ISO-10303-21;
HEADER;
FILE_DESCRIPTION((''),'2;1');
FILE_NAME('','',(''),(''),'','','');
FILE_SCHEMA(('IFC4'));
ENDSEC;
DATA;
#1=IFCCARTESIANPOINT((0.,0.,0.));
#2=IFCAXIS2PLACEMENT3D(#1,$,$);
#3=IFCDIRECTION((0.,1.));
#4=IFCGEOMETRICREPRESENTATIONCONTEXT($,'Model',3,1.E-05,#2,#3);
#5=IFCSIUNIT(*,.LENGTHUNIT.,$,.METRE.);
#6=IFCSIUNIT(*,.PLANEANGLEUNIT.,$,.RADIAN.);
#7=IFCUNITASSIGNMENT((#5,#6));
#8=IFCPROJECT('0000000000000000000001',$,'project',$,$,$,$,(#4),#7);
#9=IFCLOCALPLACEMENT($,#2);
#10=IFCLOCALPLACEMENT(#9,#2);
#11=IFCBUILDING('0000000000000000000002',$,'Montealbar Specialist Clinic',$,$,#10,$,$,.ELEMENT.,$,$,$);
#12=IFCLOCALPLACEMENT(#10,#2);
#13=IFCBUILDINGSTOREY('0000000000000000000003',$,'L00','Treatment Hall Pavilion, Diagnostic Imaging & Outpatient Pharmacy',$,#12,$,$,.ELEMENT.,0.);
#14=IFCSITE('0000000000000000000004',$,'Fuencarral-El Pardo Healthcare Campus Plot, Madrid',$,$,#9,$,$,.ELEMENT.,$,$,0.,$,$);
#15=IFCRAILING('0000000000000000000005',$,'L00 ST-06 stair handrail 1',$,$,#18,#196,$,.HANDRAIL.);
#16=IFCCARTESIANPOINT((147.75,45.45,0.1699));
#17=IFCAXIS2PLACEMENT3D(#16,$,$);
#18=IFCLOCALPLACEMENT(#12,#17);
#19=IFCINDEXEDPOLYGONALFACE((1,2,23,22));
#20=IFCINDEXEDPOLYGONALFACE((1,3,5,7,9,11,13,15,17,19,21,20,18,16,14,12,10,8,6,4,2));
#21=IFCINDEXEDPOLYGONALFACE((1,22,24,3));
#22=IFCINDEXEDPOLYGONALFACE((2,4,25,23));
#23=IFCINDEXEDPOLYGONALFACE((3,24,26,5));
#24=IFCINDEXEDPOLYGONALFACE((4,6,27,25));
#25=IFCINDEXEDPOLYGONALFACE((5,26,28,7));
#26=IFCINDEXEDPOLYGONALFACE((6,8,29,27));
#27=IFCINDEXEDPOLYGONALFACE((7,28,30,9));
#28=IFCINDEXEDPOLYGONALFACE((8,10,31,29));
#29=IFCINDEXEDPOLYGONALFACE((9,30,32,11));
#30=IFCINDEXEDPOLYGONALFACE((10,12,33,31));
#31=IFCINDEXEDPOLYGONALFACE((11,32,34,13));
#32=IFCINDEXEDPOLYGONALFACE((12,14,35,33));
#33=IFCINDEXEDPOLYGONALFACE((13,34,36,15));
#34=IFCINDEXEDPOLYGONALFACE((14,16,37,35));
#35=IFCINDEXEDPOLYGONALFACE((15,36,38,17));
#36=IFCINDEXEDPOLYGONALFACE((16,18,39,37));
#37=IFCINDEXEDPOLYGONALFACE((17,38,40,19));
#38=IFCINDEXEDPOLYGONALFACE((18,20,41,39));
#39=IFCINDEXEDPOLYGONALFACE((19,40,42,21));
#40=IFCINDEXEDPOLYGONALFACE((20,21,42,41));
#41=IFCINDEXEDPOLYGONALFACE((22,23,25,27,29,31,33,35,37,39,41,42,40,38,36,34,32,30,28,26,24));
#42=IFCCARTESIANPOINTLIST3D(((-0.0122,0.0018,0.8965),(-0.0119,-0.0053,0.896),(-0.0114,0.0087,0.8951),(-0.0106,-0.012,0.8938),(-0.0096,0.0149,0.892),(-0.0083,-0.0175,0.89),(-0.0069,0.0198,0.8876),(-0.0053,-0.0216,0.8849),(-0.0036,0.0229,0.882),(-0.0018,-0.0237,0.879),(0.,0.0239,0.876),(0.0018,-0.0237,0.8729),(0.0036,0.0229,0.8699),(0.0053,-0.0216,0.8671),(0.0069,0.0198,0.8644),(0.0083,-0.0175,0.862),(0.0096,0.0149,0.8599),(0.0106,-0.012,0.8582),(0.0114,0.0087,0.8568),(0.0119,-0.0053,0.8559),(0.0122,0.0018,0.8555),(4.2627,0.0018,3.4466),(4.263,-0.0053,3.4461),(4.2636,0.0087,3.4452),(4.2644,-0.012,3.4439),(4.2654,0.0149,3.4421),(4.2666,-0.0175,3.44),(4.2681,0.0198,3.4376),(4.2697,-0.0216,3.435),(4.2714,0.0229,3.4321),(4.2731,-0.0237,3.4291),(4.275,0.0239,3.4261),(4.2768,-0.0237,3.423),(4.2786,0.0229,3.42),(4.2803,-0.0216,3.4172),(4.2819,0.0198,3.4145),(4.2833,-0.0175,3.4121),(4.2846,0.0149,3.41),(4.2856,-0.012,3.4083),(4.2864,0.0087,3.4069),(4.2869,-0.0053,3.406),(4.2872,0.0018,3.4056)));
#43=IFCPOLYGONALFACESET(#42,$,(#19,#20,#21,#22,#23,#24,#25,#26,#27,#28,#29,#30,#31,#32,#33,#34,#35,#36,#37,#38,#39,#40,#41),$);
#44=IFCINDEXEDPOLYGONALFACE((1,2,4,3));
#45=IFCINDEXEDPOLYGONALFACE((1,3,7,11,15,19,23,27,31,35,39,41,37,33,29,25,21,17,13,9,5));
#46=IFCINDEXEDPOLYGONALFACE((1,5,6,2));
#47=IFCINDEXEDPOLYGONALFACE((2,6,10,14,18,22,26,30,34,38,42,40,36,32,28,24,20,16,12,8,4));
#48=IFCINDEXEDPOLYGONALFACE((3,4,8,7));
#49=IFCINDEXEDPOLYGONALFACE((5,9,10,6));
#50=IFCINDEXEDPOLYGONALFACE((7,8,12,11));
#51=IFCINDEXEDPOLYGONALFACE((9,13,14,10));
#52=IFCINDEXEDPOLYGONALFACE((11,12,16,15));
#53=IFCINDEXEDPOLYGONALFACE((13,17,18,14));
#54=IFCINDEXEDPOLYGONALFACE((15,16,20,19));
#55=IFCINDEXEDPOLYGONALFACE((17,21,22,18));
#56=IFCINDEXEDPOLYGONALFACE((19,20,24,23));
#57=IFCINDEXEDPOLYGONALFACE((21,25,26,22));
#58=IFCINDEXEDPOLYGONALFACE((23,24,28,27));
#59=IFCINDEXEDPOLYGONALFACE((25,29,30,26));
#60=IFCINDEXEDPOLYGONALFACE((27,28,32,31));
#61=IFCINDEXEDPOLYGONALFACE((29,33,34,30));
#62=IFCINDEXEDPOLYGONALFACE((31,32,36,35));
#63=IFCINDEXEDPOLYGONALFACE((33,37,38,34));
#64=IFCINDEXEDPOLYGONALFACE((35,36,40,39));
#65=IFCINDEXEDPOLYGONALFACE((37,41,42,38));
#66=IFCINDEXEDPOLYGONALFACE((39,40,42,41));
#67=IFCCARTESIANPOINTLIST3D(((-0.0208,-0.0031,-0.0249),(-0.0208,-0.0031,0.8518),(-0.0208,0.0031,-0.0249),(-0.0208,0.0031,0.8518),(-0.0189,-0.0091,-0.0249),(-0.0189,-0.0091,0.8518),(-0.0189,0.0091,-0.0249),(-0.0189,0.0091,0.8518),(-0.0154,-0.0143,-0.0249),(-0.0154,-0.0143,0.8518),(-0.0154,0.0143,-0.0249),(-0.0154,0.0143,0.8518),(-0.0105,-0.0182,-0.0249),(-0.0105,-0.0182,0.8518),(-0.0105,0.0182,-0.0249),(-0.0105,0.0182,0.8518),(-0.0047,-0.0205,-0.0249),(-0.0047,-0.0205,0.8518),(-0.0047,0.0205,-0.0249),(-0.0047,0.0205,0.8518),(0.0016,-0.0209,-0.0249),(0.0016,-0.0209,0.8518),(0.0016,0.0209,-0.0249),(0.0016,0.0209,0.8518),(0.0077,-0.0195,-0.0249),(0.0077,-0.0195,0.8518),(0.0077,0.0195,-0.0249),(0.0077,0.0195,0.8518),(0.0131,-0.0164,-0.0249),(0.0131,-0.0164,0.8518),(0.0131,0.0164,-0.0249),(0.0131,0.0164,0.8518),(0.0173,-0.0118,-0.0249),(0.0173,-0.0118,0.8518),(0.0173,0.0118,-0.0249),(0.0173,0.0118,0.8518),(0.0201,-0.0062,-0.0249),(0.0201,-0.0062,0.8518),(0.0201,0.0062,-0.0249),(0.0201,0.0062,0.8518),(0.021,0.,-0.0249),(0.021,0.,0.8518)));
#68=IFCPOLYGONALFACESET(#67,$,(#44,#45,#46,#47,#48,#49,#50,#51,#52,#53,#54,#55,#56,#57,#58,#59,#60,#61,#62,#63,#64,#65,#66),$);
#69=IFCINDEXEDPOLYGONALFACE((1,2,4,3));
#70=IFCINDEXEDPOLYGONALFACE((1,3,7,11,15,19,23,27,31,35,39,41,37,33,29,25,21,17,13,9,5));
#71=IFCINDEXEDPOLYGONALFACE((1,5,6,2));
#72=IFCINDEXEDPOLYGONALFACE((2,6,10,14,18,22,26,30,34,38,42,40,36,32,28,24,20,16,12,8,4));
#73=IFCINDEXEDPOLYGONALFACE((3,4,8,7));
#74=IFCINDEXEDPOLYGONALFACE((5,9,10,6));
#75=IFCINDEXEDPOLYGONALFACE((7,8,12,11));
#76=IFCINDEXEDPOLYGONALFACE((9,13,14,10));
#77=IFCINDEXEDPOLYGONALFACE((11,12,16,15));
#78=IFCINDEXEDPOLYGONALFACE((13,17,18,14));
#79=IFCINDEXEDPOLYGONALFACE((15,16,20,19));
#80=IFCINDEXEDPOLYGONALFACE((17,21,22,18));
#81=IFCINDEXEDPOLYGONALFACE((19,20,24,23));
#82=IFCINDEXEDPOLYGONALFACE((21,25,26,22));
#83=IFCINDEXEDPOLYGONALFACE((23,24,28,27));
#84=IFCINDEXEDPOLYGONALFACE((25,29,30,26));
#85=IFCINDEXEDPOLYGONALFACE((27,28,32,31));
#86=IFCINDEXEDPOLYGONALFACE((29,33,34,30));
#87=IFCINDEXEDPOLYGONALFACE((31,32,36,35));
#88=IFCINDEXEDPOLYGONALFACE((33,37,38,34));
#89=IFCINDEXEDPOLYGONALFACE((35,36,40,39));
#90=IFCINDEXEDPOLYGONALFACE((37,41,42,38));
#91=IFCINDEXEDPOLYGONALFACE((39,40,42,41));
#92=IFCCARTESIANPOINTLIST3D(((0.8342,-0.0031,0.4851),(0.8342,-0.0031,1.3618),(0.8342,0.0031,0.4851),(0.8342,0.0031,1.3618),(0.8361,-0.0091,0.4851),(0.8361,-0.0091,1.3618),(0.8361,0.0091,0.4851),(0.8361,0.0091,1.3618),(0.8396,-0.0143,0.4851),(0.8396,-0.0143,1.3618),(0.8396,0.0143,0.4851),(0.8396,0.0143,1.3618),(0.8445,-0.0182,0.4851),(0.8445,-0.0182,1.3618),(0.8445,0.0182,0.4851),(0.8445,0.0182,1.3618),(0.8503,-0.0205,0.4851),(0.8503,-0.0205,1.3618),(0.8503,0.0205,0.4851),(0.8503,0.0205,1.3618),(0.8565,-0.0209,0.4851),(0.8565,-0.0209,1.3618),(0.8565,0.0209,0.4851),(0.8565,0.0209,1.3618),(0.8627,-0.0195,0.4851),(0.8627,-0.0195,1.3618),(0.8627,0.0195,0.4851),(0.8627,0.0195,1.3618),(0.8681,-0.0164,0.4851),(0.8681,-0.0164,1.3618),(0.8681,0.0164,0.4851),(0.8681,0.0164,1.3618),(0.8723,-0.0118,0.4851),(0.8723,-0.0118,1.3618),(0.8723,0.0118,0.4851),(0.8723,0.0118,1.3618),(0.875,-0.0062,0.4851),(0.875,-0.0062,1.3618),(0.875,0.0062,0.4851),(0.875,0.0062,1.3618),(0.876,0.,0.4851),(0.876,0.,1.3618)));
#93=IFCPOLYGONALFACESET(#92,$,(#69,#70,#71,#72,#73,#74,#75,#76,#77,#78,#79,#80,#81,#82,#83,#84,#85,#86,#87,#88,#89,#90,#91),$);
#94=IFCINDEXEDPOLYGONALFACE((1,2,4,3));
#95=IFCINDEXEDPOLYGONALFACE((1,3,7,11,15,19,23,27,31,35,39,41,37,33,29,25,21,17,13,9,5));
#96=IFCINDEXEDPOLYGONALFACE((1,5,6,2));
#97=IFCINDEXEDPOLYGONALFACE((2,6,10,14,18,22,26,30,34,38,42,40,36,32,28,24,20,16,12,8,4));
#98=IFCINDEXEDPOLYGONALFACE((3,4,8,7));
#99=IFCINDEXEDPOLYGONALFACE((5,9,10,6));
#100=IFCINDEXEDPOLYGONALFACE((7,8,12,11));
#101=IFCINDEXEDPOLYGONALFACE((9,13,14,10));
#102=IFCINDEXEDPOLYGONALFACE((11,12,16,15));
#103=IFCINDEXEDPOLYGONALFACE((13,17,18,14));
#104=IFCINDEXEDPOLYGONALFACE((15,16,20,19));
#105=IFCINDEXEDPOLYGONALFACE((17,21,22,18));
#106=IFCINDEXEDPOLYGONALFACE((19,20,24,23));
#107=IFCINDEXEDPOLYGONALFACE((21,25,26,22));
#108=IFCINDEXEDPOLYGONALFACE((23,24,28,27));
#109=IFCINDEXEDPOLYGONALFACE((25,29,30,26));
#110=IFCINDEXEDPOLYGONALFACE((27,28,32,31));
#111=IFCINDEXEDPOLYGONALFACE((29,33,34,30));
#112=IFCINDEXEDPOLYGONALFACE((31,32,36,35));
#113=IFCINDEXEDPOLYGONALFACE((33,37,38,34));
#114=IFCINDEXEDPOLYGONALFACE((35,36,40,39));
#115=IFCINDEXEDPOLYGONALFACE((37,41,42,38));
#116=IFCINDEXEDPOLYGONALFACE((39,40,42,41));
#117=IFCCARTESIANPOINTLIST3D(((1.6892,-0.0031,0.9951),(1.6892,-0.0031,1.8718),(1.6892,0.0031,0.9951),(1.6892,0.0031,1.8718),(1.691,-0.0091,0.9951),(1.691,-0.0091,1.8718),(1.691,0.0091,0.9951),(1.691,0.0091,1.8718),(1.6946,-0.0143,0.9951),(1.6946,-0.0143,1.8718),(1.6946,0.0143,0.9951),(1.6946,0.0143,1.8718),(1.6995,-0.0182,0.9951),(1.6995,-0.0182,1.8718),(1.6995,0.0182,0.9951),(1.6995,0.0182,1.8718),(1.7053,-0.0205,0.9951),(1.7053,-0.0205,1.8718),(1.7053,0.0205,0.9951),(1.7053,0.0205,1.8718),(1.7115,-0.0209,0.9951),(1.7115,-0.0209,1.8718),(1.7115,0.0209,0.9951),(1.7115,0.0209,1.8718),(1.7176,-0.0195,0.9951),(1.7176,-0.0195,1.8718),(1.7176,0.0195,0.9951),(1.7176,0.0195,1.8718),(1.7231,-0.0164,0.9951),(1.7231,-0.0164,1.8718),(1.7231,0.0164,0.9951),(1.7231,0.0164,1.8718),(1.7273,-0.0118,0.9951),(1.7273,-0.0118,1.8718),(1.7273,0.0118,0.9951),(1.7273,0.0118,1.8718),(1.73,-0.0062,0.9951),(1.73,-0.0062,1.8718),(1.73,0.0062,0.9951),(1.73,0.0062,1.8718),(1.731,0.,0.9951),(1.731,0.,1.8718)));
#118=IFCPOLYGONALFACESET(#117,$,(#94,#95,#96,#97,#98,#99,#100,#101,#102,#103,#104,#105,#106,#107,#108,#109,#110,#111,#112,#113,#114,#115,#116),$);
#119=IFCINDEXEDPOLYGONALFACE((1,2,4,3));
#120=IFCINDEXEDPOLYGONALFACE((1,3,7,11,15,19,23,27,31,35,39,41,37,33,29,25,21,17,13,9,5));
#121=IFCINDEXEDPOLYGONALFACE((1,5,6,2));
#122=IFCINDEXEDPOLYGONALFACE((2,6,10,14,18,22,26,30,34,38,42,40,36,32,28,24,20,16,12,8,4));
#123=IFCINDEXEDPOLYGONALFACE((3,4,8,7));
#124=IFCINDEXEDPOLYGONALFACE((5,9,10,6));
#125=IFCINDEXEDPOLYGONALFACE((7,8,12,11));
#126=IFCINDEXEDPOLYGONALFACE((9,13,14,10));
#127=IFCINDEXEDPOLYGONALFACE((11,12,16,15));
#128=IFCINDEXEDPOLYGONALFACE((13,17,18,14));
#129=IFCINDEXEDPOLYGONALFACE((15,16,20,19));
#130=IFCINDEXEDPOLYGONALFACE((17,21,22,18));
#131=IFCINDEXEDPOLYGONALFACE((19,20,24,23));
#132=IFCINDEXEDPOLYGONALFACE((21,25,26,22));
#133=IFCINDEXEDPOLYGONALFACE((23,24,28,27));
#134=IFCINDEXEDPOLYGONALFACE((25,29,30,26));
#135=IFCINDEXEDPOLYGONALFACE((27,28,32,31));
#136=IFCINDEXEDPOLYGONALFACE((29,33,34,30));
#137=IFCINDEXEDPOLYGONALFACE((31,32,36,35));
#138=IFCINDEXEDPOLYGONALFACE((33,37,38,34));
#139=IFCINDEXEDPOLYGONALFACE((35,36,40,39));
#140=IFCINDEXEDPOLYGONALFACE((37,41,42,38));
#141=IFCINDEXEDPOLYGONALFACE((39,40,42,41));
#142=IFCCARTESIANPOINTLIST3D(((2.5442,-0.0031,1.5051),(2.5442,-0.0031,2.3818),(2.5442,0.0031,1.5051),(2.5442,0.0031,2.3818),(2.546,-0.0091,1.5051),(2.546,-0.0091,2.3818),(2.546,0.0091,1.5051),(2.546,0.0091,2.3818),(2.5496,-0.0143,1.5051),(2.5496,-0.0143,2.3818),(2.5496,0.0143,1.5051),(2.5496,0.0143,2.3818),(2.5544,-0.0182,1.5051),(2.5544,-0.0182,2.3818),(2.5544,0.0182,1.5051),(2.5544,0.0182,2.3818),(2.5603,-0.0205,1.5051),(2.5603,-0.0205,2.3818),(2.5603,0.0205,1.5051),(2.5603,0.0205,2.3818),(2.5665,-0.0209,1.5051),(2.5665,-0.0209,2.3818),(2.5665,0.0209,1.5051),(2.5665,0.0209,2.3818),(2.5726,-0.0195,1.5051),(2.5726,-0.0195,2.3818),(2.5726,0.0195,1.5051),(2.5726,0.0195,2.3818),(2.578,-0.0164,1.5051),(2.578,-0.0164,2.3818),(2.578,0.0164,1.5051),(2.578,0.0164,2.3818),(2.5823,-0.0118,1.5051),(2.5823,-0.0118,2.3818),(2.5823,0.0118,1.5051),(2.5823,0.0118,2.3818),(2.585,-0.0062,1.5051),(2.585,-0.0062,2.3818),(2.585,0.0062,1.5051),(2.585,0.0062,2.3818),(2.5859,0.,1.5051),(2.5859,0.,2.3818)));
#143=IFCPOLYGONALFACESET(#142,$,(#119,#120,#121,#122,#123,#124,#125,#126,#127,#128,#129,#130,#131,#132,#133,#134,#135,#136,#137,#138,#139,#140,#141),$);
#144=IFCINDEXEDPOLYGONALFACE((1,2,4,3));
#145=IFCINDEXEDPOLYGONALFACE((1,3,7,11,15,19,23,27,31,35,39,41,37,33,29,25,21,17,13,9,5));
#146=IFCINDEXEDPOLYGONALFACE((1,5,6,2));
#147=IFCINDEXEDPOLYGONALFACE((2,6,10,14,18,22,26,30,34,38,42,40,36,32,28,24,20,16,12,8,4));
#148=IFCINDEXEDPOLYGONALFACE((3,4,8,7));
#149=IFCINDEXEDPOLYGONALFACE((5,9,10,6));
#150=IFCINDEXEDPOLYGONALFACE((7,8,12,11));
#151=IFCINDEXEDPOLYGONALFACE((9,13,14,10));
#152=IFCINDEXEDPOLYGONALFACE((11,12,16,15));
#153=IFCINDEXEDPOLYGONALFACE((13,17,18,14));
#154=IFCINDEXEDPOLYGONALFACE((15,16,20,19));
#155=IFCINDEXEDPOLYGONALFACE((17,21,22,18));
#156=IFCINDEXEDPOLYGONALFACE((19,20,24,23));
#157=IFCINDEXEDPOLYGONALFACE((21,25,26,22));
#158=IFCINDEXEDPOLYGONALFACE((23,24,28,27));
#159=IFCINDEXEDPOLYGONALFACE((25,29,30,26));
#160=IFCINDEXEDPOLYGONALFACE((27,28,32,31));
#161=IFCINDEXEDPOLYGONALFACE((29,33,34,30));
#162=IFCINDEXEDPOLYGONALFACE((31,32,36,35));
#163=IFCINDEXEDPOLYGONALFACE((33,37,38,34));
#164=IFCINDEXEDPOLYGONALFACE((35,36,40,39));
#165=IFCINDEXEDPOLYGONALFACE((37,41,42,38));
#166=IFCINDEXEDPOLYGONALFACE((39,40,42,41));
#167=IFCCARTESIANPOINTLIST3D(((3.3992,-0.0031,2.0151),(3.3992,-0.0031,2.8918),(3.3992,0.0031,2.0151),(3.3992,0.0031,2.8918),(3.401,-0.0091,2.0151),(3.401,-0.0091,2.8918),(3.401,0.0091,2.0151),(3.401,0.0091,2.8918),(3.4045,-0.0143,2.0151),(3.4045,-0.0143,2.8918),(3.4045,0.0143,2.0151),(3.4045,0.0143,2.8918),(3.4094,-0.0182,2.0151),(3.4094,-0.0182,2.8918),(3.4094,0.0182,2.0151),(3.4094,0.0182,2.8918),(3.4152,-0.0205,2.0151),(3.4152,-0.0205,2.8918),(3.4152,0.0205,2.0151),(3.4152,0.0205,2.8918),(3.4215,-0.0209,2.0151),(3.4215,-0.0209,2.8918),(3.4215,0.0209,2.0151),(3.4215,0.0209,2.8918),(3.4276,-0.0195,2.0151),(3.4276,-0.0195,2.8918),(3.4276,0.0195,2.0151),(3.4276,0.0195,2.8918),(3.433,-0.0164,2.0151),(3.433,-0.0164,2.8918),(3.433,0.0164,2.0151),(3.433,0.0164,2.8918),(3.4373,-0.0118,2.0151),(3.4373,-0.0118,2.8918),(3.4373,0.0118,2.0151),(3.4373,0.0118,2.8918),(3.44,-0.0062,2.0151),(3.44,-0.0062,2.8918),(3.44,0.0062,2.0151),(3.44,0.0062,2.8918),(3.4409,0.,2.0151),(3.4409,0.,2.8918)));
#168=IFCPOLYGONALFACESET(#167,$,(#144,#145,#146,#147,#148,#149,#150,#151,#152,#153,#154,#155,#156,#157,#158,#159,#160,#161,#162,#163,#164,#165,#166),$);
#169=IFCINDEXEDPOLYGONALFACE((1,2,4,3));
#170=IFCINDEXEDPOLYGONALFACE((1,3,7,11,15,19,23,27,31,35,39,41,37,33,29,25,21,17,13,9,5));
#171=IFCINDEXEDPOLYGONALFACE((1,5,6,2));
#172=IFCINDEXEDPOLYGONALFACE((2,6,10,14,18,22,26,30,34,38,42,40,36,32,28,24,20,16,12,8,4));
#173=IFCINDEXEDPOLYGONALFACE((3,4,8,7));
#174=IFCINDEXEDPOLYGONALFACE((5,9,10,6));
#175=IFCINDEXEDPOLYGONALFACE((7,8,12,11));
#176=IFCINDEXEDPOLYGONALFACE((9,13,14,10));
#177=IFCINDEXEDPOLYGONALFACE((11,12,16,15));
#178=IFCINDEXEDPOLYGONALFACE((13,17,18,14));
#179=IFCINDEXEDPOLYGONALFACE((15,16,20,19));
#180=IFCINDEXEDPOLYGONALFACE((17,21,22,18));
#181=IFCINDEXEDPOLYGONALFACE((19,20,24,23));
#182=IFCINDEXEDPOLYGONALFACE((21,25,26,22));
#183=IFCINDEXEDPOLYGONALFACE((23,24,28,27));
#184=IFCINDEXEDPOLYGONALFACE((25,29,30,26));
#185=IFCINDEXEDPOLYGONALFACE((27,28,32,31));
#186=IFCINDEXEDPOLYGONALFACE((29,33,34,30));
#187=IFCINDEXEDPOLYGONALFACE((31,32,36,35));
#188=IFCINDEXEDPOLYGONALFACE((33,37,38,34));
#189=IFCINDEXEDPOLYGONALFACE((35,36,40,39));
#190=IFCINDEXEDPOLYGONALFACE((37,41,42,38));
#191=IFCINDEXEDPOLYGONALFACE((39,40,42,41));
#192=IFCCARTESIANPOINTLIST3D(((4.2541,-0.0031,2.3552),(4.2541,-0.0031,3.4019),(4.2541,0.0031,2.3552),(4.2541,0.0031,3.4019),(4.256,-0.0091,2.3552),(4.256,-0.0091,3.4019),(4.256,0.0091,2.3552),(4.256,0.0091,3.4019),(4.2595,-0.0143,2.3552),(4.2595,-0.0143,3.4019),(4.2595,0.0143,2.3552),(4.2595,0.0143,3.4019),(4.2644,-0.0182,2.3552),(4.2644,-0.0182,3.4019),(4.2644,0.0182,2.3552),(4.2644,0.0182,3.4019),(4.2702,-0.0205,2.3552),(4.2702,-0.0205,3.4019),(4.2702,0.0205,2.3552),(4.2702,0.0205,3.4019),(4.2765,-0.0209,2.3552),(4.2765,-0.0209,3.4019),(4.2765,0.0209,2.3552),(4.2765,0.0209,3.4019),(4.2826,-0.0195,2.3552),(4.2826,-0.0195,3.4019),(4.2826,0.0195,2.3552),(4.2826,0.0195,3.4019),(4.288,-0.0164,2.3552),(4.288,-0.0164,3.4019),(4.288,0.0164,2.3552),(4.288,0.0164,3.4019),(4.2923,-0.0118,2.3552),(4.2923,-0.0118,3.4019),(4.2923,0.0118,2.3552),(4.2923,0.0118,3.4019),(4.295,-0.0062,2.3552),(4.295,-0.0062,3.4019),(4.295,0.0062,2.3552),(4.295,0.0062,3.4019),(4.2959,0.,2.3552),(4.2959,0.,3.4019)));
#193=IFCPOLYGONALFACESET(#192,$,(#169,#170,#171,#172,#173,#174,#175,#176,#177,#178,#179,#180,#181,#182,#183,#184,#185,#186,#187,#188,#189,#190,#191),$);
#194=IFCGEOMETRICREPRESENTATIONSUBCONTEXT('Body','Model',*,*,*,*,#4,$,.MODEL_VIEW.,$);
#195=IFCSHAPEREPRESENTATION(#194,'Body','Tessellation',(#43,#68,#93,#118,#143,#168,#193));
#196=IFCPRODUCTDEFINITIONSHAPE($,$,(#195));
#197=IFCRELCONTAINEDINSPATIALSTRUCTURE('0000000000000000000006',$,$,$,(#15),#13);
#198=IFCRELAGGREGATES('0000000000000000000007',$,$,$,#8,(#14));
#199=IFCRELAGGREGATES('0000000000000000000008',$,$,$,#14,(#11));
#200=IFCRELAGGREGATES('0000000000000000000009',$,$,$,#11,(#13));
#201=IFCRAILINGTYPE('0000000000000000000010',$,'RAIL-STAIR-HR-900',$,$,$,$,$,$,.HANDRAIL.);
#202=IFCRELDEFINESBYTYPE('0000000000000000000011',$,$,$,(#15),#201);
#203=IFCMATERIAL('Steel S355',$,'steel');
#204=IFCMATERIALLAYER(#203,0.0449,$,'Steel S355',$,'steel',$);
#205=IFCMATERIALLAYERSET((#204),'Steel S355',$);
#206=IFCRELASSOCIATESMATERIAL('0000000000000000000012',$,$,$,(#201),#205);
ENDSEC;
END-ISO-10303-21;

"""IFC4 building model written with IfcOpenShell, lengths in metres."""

from ifc_helpers import new_model, si_unit, direction, frame, origin, origin_2d, place, context, subcontext, project, spatial, circle, extrude, material, layer, layer_set, type_object, element, save


model = new_model("IFC4")

# Units and contexts
model_context = context("Model", 3, precision=1e-05, world=origin(), true_north=direction((0.0, 1.0)))
body_context = subcontext(model_context, "Body", "Model", "MODEL_VIEW")
ifc_project = project(units=[si_unit("LENGTHUNIT", "METRE"), si_unit("PLANEANGLEUNIT", "RADIAN")], contexts=[model_context])

# Site, building, storey
site_placement = place(None, origin())
site = spatial("IfcSite", under=ifc_project, at=site_placement, Name="Fuencarral-El Pardo Healthcare Campus Plot, Madrid", CompositionType="ELEMENT", RefElevation=0.0)
building_placement = place(site_placement, origin())
building = spatial("IfcBuilding", under=site, at=building_placement, Name="Montealbar Specialist Clinic", CompositionType="ELEMENT")
storey_placement = place(building_placement, origin())
storey = spatial("IfcBuildingStorey", under=building, at=storey_placement, Name="L00", Description="Treatment Hall Pavilion, Diagnostic Imaging & Outpatient Pharmacy", CompositionType="ELEMENT", Elevation=0.0)

# Shared definitions
ifc_material_1 = material(Name="Steel S355", Category="steel")

# Railing
ifc_layer_1 = layer(ifc_material_1, 0.0449, Name="Steel S355", Category="steel")
ifc_layer_set_1 = layer_set([ifc_layer_1], Name="Steel S355")
railing_type_1 = type_object("IfcRailingType", Name="RAIL-STAIR-HR-900", PredefinedType="HANDRAIL", material=ifc_layer_set_1)
railing_1_placement = place(storey_placement, frame((147.75, 45.45, 0.1699)))
element("IfcRailing", 1, at=railing_1_placement, inside=storey, type_object=railing_type_1, Name="L00 ST-06 stair handrail 1", PredefinedType="HANDRAIL", context=body_context, shape_type="SweptSolid", body=[
    extrude(circle(Radius=0.0239, at=origin_2d()), frame((0.0, 0.0, 0.876), z_axis=(0.85881, 0.0, 0.512294), x_axis=(0.0, 1.0, 0.0)), (0.0, 0.0, 1.0), 4.9778),
    extrude(circle(Radius=0.021, at=origin_2d()), frame((0.0, 0.0, -0.0249)), (0.0, 0.0, 1.0), 0.8767),
    extrude(circle(Radius=0.021, at=origin_2d()), frame((0.855, 0.0, 0.4851)), (0.0, 0.0, 1.0), 0.8767),
    extrude(circle(Radius=0.021, at=origin_2d()), frame((1.71, 0.0, 0.9951)), (0.0, 0.0, 1.0), 0.8767),
    extrude(circle(Radius=0.021, at=origin_2d()), frame((2.5649, 0.0, 1.5051)), (0.0, 0.0, 1.0), 0.8767),
    extrude(circle(Radius=0.021, at=origin_2d()), frame((3.4199, 0.0, 2.0151)), (0.0, 0.0, 1.0), 0.8767),
    extrude(circle(Radius=0.021, at=origin_2d()), frame((4.2749, 0.0, 2.3552)), (0.0, 0.0, 1.0), 1.0466),
])

save(model, "model.ifc")
